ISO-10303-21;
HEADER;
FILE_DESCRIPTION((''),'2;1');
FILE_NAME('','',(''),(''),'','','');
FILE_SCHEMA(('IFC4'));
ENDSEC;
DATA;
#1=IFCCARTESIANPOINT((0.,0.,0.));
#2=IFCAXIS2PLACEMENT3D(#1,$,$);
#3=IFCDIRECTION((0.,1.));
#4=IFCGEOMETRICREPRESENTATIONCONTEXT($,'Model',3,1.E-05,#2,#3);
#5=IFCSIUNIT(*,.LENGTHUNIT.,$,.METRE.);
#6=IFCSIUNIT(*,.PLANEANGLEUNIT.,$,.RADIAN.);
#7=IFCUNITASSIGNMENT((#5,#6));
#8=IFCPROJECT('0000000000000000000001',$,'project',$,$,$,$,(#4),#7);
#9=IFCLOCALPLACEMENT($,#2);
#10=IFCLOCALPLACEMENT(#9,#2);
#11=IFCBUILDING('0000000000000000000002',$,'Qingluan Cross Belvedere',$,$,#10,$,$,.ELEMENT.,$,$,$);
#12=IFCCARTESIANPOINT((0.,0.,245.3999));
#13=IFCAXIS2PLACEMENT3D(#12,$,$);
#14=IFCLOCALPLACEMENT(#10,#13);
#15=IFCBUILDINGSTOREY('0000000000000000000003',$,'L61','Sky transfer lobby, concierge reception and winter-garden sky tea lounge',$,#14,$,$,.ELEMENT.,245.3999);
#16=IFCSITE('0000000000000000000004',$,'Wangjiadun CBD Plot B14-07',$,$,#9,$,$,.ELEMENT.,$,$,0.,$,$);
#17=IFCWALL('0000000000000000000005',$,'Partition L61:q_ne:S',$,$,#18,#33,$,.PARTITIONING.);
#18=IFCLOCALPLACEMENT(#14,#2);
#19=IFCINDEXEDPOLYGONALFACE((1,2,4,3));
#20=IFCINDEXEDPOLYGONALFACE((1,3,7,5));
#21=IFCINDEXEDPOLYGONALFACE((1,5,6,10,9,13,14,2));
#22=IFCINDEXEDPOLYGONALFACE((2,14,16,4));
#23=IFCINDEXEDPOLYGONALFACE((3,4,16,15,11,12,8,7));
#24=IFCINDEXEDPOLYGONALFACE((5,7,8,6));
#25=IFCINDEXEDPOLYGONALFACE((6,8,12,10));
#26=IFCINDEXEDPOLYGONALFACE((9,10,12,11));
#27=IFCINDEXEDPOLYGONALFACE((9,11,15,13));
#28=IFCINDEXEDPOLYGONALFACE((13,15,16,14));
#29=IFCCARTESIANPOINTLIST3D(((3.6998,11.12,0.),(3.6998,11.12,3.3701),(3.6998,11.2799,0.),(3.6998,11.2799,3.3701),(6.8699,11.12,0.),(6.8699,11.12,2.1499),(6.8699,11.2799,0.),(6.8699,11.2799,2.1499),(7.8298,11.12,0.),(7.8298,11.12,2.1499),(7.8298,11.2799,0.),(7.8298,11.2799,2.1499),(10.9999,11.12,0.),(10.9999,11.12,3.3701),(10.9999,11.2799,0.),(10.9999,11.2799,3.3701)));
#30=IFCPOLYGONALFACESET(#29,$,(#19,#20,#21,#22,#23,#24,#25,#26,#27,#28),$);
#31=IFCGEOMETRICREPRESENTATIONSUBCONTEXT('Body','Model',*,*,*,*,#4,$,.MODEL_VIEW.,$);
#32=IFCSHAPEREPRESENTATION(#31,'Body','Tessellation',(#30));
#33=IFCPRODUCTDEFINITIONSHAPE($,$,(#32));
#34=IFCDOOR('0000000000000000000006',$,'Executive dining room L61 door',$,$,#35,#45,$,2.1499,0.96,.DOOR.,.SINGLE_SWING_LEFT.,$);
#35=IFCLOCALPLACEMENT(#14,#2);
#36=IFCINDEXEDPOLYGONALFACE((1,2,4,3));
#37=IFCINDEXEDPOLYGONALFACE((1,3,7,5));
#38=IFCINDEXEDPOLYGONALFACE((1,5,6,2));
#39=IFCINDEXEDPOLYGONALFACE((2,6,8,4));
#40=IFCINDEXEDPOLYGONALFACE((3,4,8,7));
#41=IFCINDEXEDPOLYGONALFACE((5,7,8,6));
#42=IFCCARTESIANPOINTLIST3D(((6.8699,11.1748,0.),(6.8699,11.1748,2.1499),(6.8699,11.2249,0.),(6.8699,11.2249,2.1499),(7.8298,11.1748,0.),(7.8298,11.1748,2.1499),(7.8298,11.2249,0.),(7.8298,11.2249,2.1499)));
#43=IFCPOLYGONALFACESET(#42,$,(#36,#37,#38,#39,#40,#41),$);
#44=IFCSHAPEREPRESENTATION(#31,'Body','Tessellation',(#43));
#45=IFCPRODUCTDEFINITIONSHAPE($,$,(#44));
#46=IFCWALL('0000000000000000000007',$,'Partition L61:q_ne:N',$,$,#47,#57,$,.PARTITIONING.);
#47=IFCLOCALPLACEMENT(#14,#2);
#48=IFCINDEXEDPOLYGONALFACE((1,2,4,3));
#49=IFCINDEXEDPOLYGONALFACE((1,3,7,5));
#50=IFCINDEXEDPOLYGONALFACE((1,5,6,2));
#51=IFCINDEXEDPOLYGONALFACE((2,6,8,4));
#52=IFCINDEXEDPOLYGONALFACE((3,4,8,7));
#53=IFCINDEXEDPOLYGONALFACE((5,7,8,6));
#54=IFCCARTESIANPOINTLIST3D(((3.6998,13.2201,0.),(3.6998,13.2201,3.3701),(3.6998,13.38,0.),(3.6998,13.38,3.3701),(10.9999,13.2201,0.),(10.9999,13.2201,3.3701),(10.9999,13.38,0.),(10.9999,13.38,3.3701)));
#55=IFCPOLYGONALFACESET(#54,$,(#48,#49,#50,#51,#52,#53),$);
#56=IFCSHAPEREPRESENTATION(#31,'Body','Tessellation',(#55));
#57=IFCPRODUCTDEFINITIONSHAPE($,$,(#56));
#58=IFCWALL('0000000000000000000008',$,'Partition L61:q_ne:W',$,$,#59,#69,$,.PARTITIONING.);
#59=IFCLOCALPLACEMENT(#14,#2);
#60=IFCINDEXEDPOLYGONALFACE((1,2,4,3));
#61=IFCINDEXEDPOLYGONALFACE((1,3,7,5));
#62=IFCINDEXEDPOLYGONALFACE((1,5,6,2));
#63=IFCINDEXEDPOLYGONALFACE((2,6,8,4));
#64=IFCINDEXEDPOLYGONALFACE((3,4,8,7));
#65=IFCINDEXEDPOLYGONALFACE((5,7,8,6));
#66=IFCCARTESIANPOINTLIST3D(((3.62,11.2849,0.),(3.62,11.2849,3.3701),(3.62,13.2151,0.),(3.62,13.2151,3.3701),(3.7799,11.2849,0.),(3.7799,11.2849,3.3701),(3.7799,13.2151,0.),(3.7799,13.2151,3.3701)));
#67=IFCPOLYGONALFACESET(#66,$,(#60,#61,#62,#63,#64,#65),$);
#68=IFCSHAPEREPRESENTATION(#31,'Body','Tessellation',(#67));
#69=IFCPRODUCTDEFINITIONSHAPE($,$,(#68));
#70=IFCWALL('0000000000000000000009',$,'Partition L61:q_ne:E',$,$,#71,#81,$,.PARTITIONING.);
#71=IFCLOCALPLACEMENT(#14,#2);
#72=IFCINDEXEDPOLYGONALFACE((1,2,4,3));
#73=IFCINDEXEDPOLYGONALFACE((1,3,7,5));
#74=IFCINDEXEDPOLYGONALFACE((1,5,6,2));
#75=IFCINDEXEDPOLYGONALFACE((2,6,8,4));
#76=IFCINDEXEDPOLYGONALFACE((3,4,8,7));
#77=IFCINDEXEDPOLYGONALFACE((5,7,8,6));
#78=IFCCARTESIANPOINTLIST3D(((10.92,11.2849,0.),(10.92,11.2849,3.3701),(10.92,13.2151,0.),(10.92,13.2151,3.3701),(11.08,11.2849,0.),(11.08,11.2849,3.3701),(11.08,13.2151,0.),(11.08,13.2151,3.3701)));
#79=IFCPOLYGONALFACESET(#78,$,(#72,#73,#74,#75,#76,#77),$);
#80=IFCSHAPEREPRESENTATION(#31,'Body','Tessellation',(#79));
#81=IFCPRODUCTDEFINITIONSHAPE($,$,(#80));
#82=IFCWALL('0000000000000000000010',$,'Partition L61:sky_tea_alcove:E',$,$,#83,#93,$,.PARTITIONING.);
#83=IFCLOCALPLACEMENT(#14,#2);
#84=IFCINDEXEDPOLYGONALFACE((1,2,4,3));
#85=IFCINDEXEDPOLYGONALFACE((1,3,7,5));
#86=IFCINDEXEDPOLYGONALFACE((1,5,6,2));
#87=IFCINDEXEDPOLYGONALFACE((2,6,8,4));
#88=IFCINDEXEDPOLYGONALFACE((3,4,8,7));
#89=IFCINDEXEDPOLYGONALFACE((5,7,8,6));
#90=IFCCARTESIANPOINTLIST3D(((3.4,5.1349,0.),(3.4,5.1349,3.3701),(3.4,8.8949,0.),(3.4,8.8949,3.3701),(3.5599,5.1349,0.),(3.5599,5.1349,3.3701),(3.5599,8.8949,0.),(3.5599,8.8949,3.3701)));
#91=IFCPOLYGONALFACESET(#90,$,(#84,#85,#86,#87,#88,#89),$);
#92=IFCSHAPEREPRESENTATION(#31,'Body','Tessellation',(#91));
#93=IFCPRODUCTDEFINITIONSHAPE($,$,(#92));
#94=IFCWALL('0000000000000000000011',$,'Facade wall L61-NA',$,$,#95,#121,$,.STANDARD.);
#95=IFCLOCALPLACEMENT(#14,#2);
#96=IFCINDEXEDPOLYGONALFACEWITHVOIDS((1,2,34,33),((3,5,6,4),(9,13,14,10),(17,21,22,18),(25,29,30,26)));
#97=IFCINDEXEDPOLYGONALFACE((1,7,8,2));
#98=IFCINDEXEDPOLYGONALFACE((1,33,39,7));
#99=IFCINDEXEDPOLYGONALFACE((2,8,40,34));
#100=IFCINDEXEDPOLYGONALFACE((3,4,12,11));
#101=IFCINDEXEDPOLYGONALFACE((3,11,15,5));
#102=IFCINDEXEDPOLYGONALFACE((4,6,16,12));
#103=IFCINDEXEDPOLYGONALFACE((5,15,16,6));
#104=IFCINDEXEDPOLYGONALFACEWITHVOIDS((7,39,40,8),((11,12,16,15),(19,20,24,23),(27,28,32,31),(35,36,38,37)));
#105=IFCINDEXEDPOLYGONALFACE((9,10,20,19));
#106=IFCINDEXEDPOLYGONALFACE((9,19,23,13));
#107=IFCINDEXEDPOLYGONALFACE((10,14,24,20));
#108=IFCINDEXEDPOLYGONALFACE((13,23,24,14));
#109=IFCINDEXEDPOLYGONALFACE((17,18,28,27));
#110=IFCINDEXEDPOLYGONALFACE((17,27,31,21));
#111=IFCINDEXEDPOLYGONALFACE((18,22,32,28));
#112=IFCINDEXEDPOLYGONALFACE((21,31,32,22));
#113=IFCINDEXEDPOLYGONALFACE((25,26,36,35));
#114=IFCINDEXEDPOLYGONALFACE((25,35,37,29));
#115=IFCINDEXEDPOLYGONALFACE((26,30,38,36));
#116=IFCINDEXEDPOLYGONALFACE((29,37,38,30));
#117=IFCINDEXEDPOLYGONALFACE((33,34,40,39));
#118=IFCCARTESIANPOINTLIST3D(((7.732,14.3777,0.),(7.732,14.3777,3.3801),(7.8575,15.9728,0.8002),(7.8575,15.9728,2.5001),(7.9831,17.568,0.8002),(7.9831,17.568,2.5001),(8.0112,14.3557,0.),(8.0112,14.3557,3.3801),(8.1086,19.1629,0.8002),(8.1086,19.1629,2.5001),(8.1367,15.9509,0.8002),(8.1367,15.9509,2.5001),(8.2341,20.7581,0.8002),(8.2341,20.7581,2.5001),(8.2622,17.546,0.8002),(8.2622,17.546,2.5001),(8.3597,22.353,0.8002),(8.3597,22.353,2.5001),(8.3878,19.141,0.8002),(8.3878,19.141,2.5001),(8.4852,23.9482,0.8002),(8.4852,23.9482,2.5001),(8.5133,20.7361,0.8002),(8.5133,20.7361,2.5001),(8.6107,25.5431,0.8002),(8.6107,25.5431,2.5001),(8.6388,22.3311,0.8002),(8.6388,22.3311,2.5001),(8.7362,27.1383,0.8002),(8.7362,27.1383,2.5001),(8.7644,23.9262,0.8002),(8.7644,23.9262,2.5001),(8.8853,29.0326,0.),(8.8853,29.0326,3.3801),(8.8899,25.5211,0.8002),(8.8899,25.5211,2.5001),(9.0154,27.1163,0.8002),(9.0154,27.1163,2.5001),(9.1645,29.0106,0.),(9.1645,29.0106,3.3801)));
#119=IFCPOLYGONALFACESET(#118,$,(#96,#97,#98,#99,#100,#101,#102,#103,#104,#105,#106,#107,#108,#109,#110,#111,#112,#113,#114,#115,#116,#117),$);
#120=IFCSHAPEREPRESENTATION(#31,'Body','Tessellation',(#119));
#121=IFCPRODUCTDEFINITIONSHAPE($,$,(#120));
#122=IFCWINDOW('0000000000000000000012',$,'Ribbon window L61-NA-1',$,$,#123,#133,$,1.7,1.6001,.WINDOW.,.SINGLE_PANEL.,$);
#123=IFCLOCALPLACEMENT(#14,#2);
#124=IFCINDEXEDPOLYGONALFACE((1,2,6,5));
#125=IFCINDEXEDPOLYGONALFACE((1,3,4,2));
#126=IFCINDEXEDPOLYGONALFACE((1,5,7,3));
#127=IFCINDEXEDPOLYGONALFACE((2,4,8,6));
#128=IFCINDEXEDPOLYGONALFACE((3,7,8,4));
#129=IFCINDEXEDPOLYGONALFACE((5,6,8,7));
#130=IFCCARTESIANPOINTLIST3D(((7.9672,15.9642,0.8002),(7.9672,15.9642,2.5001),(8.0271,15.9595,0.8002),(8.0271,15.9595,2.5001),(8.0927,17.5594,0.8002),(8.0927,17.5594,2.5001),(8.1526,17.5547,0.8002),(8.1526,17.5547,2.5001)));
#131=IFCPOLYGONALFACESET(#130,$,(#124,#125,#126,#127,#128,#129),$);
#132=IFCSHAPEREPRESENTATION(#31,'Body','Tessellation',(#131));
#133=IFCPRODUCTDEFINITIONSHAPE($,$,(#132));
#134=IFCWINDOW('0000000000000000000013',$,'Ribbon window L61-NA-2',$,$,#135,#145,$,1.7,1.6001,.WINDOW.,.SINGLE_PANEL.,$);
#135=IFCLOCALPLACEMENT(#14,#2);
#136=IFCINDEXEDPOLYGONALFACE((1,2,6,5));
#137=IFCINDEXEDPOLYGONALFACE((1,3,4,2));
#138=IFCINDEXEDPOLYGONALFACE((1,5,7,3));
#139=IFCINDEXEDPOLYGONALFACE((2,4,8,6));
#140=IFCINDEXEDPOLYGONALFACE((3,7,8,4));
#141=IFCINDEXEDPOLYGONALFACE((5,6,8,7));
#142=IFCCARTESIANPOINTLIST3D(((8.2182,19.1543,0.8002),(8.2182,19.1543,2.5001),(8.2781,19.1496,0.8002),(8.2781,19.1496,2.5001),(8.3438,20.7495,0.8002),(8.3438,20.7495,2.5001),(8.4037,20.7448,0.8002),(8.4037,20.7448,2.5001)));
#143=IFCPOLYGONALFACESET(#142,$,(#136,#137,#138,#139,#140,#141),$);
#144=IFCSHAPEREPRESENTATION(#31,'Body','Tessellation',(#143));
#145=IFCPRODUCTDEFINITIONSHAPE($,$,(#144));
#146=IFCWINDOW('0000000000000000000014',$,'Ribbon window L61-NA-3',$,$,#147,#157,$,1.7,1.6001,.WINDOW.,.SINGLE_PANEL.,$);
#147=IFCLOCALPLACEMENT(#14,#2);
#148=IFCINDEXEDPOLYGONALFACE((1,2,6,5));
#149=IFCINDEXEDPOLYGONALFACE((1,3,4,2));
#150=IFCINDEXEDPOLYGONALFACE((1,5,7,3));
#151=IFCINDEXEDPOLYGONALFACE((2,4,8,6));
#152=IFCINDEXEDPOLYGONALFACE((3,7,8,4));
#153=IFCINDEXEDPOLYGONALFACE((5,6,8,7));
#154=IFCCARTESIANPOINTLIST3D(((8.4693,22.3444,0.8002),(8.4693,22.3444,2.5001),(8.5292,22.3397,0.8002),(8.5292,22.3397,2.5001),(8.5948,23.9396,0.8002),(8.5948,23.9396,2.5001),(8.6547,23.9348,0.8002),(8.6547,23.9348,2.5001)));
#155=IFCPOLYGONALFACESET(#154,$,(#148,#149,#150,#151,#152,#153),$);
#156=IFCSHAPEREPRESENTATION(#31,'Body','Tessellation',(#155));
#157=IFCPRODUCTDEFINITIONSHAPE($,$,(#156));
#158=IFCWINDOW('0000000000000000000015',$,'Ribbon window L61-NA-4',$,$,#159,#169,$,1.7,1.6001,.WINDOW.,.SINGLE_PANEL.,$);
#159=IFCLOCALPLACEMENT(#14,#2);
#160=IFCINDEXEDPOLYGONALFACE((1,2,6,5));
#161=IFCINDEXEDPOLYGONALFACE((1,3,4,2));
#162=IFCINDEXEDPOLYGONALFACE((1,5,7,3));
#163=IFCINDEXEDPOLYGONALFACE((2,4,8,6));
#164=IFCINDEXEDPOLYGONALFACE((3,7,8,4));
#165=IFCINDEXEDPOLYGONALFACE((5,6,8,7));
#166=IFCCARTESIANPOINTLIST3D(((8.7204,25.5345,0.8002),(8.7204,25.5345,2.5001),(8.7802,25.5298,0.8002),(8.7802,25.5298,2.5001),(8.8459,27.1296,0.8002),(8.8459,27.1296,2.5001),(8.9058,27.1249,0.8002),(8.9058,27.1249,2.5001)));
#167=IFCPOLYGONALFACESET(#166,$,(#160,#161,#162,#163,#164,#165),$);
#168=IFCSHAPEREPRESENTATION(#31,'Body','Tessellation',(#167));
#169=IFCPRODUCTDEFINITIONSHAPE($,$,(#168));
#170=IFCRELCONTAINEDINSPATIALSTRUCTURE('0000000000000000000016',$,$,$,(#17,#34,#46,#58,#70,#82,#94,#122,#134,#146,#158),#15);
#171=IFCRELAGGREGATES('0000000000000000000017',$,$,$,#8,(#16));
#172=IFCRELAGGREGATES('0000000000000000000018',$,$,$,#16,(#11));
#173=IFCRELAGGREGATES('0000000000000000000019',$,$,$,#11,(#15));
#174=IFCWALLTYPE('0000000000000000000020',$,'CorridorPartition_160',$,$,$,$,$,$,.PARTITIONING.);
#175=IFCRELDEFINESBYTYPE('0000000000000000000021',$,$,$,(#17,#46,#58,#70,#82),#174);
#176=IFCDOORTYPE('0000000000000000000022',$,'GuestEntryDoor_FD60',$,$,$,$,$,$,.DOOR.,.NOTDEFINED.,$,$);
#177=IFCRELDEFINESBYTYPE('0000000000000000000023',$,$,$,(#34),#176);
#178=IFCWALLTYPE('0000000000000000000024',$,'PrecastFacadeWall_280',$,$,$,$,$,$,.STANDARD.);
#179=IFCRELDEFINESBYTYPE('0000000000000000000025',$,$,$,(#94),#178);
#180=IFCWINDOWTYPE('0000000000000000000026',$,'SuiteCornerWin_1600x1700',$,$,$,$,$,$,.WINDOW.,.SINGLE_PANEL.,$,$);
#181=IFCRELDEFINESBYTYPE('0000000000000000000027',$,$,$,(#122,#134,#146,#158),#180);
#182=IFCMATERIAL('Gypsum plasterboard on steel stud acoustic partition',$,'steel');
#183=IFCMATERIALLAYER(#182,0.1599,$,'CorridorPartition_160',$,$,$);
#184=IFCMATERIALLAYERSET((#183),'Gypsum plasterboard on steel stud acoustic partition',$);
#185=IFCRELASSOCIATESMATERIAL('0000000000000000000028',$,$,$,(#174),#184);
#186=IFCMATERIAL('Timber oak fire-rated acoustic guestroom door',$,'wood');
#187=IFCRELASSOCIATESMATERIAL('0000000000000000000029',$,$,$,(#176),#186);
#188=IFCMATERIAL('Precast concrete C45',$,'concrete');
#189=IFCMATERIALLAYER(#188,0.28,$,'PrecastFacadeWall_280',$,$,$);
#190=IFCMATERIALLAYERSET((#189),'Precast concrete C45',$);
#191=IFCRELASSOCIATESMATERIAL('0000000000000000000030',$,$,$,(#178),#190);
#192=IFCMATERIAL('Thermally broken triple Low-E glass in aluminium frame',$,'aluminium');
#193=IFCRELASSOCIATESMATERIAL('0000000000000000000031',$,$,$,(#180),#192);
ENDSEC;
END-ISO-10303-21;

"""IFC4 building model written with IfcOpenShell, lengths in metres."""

from ifc_helpers import new_model, si_unit, direction, frame, frame_2d, origin, place, context, subcontext, project, spatial, rectangle, extrude, material, layer, layer_set, type_object, element, fill, save


model = new_model("IFC4")

# Units and contexts
model_context = context("Model", 3, precision=1e-05, world=origin(), true_north=direction((0.0, 1.0)))
body_context = subcontext(model_context, "Body", "Model", "MODEL_VIEW")
ifc_project = project(units=[si_unit("LENGTHUNIT", "METRE"), si_unit("PLANEANGLEUNIT", "RADIAN")], contexts=[model_context])

# Site, building, storey
site_placement = place(None, origin())
site = spatial("IfcSite", under=ifc_project, at=site_placement, Name="Wangjiadun CBD Plot B14-07", CompositionType="ELEMENT", RefElevation=0.0)
building_placement = place(site_placement, origin())
building = spatial("IfcBuilding", under=site, at=building_placement, Name="Qingluan Cross Belvedere", CompositionType="ELEMENT")
storey_placement = place(building_placement, frame((0.0, 0.0, 245.3999)))
storey = spatial("IfcBuildingStorey", under=building, at=storey_placement, Name="L61", Description="Sky transfer lobby, concierge reception and winter-garden sky tea lounge", CompositionType="ELEMENT", Elevation=245.3999)

# Wall, opening, door
ifc_material_1 = material(Name="Gypsum plasterboard on steel stud acoustic partition", Category="steel")
ifc_layer_1 = layer(ifc_material_1, 0.1599, Name="CorridorPartition_160")
ifc_layer_set_1 = layer_set([ifc_layer_1], Name="Gypsum plasterboard on steel stud acoustic partition")
wall_type_1 = type_object("IfcWallType", Name="CorridorPartition_160", PredefinedType="PARTITIONING", material=ifc_layer_set_1)
wall_1_placement = place(storey_placement, frame((3.7, 11.2, 0.0), z_axis=(0.0, 0.0, 1.0), x_axis=(1.0, 0.0, 0.0)))
wall_1 = element("IfcWall", 1, at=wall_1_placement, inside=storey, type_object=wall_type_1, Name="Partition L61:q_ne:S", PredefinedType="PARTITIONING", context=body_context, shape_type="SweptSolid", body=[
    extrude(rectangle(XDim=7.3, YDim=0.1599, at=frame_2d((3.6499, 0.0))), origin(), (0.0, 0.0, 1.0), 3.3701),
])
opening_1_placement = place(wall_1_placement, frame((3.1699, 0.0, 0.0)))
opening_1 = element("IfcOpeningElement", 2, at=opening_1_placement, cuts=wall_1, PredefinedType="OPENING", context=body_context, shape_type="SweptSolid", body=[
    extrude(rectangle(XDim=0.96, YDim=2.1499, at=frame_2d((0.48, 1.075))), frame((0.0, 0.0898, 0.0), z_axis=(0.0, -1.0, 0.0), x_axis=(1.0, 0.0, 0.0)), (0.0, 0.0, 1.0), 0.1799),
])
ifc_material_2 = material(Name="Timber oak fire-rated acoustic guestroom door", Category="wood")
door_type = type_object("IfcDoorType", Name="GuestEntryDoor_FD60", OperationType="NOTDEFINED", PredefinedType="DOOR", material=ifc_material_2)
door_placement = place(opening_1_placement, origin())
door = element("IfcDoor", 3, at=door_placement, inside=storey, type_object=door_type, Name="Executive dining room L61 door", OperationType="SINGLE_SWING_LEFT", OverallHeight=2.1499, OverallWidth=0.96, PredefinedType="DOOR", context=body_context, shape_type="SweptSolid", body=[
    extrude(rectangle(XDim=0.96, YDim=2.1499, at=frame_2d((0.48, 1.075))), frame((0.0, 0.0249, 0.0), z_axis=(0.0, -1.0, 0.0), x_axis=(1.0, 0.0, 0.0)), (0.0, 0.0, 1.0), 0.05),
])
fill(opening_1, door)

# Walls
wall_2_placement = place(storey_placement, frame((3.7, 13.3, 0.0), z_axis=(0.0, 0.0, 1.0), x_axis=(1.0, 0.0, 0.0)))
element("IfcWall", 4, at=wall_2_placement, inside=storey, type_object=wall_type_1, Name="Partition L61:q_ne:N", PredefinedType="PARTITIONING", context=body_context, shape_type="SweptSolid", body=[
    extrude(rectangle(XDim=7.3, YDim=0.1599, at=frame_2d((3.6499, 0.0))), origin(), (0.0, 0.0, 1.0), 3.3701),
])
for number, where, z_axis, x_axis, name in (
    (5, (3.7, 11.2849, 0.0), (0.0, 0.0, 1.0), (0.0, 1.0, 0.0), "Partition L61:q_ne:W"),
    (6, (11.0, 11.2849, 0.0), (0.0, 0.0, 1.0), (0.0, 1.0, 0.0), "Partition L61:q_ne:E"),
):
    element("IfcWall", number, at=place(storey_placement, frame(where, z_axis=z_axis, x_axis=x_axis)), inside=storey, type_object=wall_type_1, Name=name, PredefinedType="PARTITIONING", context=body_context, shape_type="SweptSolid", body=[
        extrude(rectangle(XDim=1.9302, YDim=0.1599, at=frame_2d((0.9651, 0.0))), origin(), (0.0, 0.0, 1.0), 3.3701),
    ])
wall_3_placement = place(storey_placement, frame((3.48, 5.135, 0.0), z_axis=(0.0, 0.0, 1.0), x_axis=(0.0, 1.0, 0.0)))
element("IfcWall", 7, at=wall_3_placement, inside=storey, type_object=wall_type_1, Name="Partition L61:sky_tea_alcove:E", PredefinedType="PARTITIONING", context=body_context, shape_type="SweptSolid", body=[
    extrude(rectangle(XDim=3.76, YDim=0.1599, at=frame_2d((1.8799, 0.0))), origin(), (0.0, 0.0, 1.0), 3.3701),
])

# Wall, openings, windows
ifc_material_3 = material(Name="Precast concrete C45", Category="concrete")
ifc_layer_2 = layer(ifc_material_3, 0.28, Name="PrecastFacadeWall_280")
ifc_layer_set_2 = layer_set([ifc_layer_2], Name="Precast concrete C45")
wall_type_2 = type_object("IfcWallType", Name="PrecastFacadeWall_280", PredefinedType="STANDARD", material=ifc_layer_set_2)
wall_4_placement = place(storey_placement, frame((7.8716, 14.3667, 0.0), z_axis=(0.0, 0.0, 1.0), x_axis=(0.078457, 0.996918, 0.0)))
wall_4 = element("IfcWall", 8, at=wall_4_placement, inside=storey, type_object=wall_type_2, Name="Facade wall L61-NA", PredefinedType="STANDARD", context=body_context, shape_type="SweptSolid", body=[
    extrude(rectangle(XDim=14.7002, YDim=0.28, at=frame_2d((7.3501, 0.0))), origin(), (0.0, 0.0, 1.0), 3.3801),
])
opening_2_placement = place(wall_4_placement, frame((1.6001, 0.0, 0.8)))
opening_2 = element("IfcOpeningElement", 9, at=opening_2_placement, cuts=wall_4, PredefinedType="OPENING", context=body_context, shape_type="SweptSolid", body=[
    extrude(rectangle(XDim=1.6001, YDim=1.7, at=frame_2d((0.8, 0.8501))), frame((0.0, 0.1499, 0.0), z_axis=(0.0, -1.0, 0.0), x_axis=(1.0, 0.0, 0.0)), (0.0, 0.0, 1.0), 0.3),
])
opening_3_placement = place(wall_4_placement, frame((4.8, 0.0, 0.8)))
opening_3 = element("IfcOpeningElement", 10, at=opening_3_placement, cuts=wall_4, PredefinedType="OPENING", context=body_context, shape_type="SweptSolid", body=[
    extrude(rectangle(XDim=1.6001, YDim=1.7, at=frame_2d((0.8, 0.8501))), frame((0.0, 0.1499, 0.0), z_axis=(0.0, -1.0, 0.0), x_axis=(1.0, 0.0, 0.0)), (0.0, 0.0, 1.0), 0.3),
])
opening_4_placement = place(wall_4_placement, frame((8.0, 0.0, 0.8)))
opening_4 = element("IfcOpeningElement", 11, at=opening_4_placement, cuts=wall_4, PredefinedType="OPENING", context=body_context, shape_type="SweptSolid", body=[
    extrude(rectangle(XDim=1.6001, YDim=1.7, at=frame_2d((0.8, 0.8501))), frame((0.0, 0.1499, 0.0), z_axis=(0.0, -1.0, 0.0), x_axis=(1.0, 0.0, 0.0)), (0.0, 0.0, 1.0), 0.3),
])
opening_5_placement = place(wall_4_placement, frame((11.2, 0.0, 0.8)))
opening_5 = element("IfcOpeningElement", 12, at=opening_5_placement, cuts=wall_4, PredefinedType="OPENING", context=body_context, shape_type="SweptSolid", body=[
    extrude(rectangle(XDim=1.6001, YDim=1.7, at=frame_2d((0.8, 0.8501))), frame((0.0, 0.1499, 0.0), z_axis=(0.0, -1.0, 0.0), x_axis=(1.0, 0.0, 0.0)), (0.0, 0.0, 1.0), 0.3),
])
ifc_material_4 = material(Name="Thermally broken triple Low-E glass in aluminium frame", Category="aluminium")
window_type = type_object("IfcWindowType", Name="SuiteCornerWin_1600x1700", PartitioningType="SINGLE_PANEL", PredefinedType="WINDOW", material=ifc_material_4)
window_1_placement = place(opening_2_placement, origin())
window_1 = element("IfcWindow", 13, at=window_1_placement, inside=storey, type_object=window_type, Name="Ribbon window L61-NA-1", OverallHeight=1.7, OverallWidth=1.6001, PartitioningType="SINGLE_PANEL", PredefinedType="WINDOW", context=body_context, shape_type="SweptSolid", body=[
    extrude(rectangle(XDim=1.6001, YDim=1.7, at=frame_2d((0.8, 0.8501))), frame((0.0, 0.03, 0.0), z_axis=(0.0, -1.0, 0.0), x_axis=(1.0, 0.0, 0.0)), (0.0, 0.0, 1.0), 0.0601),
])
fill(opening_2, window_1)
window_2_placement = place(opening_3_placement, origin())
window_2 = element("IfcWindow", 14, at=window_2_placement, inside=storey, type_object=window_type, Name="Ribbon window L61-NA-2", OverallHeight=1.7, OverallWidth=1.6001, PartitioningType="SINGLE_PANEL", PredefinedType="WINDOW", context=body_context, shape_type="SweptSolid", body=[
    extrude(rectangle(XDim=1.6001, YDim=1.7, at=frame_2d((0.8, 0.8501))), frame((0.0, 0.03, 0.0), z_axis=(0.0, -1.0, 0.0), x_axis=(1.0, 0.0, 0.0)), (0.0, 0.0, 1.0), 0.0601),
])
fill(opening_3, window_2)
window_3_placement = place(opening_4_placement, origin())
window_3 = element("IfcWindow", 15, at=window_3_placement, inside=storey, type_object=window_type, Name="Ribbon window L61-NA-3", OverallHeight=1.7, OverallWidth=1.6001, PartitioningType="SINGLE_PANEL", PredefinedType="WINDOW", context=body_context, shape_type="SweptSolid", body=[
    extrude(rectangle(XDim=1.6001, YDim=1.7, at=frame_2d((0.8, 0.8501))), frame((0.0, 0.03, 0.0), z_axis=(0.0, -1.0, 0.0), x_axis=(1.0, 0.0, 0.0)), (0.0, 0.0, 1.0), 0.0601),
])
fill(opening_4, window_3)
window_4_placement = place(opening_5_placement, origin())
window_4 = element("IfcWindow", 16, at=window_4_placement, inside=storey, type_object=window_type, Name="Ribbon window L61-NA-4", OverallHeight=1.7, OverallWidth=1.6001, PartitioningType="SINGLE_PANEL", PredefinedType="WINDOW", context=body_context, shape_type="SweptSolid", body=[
    extrude(rectangle(XDim=1.6001, YDim=1.7, at=frame_2d((0.8, 0.8501))), frame((0.0, 0.03, 0.0), z_axis=(0.0, -1.0, 0.0), x_axis=(1.0, 0.0, 0.0)), (0.0, 0.0, 1.0), 0.0601),
])
fill(opening_5, window_4)

save(model, "model.ifc")
